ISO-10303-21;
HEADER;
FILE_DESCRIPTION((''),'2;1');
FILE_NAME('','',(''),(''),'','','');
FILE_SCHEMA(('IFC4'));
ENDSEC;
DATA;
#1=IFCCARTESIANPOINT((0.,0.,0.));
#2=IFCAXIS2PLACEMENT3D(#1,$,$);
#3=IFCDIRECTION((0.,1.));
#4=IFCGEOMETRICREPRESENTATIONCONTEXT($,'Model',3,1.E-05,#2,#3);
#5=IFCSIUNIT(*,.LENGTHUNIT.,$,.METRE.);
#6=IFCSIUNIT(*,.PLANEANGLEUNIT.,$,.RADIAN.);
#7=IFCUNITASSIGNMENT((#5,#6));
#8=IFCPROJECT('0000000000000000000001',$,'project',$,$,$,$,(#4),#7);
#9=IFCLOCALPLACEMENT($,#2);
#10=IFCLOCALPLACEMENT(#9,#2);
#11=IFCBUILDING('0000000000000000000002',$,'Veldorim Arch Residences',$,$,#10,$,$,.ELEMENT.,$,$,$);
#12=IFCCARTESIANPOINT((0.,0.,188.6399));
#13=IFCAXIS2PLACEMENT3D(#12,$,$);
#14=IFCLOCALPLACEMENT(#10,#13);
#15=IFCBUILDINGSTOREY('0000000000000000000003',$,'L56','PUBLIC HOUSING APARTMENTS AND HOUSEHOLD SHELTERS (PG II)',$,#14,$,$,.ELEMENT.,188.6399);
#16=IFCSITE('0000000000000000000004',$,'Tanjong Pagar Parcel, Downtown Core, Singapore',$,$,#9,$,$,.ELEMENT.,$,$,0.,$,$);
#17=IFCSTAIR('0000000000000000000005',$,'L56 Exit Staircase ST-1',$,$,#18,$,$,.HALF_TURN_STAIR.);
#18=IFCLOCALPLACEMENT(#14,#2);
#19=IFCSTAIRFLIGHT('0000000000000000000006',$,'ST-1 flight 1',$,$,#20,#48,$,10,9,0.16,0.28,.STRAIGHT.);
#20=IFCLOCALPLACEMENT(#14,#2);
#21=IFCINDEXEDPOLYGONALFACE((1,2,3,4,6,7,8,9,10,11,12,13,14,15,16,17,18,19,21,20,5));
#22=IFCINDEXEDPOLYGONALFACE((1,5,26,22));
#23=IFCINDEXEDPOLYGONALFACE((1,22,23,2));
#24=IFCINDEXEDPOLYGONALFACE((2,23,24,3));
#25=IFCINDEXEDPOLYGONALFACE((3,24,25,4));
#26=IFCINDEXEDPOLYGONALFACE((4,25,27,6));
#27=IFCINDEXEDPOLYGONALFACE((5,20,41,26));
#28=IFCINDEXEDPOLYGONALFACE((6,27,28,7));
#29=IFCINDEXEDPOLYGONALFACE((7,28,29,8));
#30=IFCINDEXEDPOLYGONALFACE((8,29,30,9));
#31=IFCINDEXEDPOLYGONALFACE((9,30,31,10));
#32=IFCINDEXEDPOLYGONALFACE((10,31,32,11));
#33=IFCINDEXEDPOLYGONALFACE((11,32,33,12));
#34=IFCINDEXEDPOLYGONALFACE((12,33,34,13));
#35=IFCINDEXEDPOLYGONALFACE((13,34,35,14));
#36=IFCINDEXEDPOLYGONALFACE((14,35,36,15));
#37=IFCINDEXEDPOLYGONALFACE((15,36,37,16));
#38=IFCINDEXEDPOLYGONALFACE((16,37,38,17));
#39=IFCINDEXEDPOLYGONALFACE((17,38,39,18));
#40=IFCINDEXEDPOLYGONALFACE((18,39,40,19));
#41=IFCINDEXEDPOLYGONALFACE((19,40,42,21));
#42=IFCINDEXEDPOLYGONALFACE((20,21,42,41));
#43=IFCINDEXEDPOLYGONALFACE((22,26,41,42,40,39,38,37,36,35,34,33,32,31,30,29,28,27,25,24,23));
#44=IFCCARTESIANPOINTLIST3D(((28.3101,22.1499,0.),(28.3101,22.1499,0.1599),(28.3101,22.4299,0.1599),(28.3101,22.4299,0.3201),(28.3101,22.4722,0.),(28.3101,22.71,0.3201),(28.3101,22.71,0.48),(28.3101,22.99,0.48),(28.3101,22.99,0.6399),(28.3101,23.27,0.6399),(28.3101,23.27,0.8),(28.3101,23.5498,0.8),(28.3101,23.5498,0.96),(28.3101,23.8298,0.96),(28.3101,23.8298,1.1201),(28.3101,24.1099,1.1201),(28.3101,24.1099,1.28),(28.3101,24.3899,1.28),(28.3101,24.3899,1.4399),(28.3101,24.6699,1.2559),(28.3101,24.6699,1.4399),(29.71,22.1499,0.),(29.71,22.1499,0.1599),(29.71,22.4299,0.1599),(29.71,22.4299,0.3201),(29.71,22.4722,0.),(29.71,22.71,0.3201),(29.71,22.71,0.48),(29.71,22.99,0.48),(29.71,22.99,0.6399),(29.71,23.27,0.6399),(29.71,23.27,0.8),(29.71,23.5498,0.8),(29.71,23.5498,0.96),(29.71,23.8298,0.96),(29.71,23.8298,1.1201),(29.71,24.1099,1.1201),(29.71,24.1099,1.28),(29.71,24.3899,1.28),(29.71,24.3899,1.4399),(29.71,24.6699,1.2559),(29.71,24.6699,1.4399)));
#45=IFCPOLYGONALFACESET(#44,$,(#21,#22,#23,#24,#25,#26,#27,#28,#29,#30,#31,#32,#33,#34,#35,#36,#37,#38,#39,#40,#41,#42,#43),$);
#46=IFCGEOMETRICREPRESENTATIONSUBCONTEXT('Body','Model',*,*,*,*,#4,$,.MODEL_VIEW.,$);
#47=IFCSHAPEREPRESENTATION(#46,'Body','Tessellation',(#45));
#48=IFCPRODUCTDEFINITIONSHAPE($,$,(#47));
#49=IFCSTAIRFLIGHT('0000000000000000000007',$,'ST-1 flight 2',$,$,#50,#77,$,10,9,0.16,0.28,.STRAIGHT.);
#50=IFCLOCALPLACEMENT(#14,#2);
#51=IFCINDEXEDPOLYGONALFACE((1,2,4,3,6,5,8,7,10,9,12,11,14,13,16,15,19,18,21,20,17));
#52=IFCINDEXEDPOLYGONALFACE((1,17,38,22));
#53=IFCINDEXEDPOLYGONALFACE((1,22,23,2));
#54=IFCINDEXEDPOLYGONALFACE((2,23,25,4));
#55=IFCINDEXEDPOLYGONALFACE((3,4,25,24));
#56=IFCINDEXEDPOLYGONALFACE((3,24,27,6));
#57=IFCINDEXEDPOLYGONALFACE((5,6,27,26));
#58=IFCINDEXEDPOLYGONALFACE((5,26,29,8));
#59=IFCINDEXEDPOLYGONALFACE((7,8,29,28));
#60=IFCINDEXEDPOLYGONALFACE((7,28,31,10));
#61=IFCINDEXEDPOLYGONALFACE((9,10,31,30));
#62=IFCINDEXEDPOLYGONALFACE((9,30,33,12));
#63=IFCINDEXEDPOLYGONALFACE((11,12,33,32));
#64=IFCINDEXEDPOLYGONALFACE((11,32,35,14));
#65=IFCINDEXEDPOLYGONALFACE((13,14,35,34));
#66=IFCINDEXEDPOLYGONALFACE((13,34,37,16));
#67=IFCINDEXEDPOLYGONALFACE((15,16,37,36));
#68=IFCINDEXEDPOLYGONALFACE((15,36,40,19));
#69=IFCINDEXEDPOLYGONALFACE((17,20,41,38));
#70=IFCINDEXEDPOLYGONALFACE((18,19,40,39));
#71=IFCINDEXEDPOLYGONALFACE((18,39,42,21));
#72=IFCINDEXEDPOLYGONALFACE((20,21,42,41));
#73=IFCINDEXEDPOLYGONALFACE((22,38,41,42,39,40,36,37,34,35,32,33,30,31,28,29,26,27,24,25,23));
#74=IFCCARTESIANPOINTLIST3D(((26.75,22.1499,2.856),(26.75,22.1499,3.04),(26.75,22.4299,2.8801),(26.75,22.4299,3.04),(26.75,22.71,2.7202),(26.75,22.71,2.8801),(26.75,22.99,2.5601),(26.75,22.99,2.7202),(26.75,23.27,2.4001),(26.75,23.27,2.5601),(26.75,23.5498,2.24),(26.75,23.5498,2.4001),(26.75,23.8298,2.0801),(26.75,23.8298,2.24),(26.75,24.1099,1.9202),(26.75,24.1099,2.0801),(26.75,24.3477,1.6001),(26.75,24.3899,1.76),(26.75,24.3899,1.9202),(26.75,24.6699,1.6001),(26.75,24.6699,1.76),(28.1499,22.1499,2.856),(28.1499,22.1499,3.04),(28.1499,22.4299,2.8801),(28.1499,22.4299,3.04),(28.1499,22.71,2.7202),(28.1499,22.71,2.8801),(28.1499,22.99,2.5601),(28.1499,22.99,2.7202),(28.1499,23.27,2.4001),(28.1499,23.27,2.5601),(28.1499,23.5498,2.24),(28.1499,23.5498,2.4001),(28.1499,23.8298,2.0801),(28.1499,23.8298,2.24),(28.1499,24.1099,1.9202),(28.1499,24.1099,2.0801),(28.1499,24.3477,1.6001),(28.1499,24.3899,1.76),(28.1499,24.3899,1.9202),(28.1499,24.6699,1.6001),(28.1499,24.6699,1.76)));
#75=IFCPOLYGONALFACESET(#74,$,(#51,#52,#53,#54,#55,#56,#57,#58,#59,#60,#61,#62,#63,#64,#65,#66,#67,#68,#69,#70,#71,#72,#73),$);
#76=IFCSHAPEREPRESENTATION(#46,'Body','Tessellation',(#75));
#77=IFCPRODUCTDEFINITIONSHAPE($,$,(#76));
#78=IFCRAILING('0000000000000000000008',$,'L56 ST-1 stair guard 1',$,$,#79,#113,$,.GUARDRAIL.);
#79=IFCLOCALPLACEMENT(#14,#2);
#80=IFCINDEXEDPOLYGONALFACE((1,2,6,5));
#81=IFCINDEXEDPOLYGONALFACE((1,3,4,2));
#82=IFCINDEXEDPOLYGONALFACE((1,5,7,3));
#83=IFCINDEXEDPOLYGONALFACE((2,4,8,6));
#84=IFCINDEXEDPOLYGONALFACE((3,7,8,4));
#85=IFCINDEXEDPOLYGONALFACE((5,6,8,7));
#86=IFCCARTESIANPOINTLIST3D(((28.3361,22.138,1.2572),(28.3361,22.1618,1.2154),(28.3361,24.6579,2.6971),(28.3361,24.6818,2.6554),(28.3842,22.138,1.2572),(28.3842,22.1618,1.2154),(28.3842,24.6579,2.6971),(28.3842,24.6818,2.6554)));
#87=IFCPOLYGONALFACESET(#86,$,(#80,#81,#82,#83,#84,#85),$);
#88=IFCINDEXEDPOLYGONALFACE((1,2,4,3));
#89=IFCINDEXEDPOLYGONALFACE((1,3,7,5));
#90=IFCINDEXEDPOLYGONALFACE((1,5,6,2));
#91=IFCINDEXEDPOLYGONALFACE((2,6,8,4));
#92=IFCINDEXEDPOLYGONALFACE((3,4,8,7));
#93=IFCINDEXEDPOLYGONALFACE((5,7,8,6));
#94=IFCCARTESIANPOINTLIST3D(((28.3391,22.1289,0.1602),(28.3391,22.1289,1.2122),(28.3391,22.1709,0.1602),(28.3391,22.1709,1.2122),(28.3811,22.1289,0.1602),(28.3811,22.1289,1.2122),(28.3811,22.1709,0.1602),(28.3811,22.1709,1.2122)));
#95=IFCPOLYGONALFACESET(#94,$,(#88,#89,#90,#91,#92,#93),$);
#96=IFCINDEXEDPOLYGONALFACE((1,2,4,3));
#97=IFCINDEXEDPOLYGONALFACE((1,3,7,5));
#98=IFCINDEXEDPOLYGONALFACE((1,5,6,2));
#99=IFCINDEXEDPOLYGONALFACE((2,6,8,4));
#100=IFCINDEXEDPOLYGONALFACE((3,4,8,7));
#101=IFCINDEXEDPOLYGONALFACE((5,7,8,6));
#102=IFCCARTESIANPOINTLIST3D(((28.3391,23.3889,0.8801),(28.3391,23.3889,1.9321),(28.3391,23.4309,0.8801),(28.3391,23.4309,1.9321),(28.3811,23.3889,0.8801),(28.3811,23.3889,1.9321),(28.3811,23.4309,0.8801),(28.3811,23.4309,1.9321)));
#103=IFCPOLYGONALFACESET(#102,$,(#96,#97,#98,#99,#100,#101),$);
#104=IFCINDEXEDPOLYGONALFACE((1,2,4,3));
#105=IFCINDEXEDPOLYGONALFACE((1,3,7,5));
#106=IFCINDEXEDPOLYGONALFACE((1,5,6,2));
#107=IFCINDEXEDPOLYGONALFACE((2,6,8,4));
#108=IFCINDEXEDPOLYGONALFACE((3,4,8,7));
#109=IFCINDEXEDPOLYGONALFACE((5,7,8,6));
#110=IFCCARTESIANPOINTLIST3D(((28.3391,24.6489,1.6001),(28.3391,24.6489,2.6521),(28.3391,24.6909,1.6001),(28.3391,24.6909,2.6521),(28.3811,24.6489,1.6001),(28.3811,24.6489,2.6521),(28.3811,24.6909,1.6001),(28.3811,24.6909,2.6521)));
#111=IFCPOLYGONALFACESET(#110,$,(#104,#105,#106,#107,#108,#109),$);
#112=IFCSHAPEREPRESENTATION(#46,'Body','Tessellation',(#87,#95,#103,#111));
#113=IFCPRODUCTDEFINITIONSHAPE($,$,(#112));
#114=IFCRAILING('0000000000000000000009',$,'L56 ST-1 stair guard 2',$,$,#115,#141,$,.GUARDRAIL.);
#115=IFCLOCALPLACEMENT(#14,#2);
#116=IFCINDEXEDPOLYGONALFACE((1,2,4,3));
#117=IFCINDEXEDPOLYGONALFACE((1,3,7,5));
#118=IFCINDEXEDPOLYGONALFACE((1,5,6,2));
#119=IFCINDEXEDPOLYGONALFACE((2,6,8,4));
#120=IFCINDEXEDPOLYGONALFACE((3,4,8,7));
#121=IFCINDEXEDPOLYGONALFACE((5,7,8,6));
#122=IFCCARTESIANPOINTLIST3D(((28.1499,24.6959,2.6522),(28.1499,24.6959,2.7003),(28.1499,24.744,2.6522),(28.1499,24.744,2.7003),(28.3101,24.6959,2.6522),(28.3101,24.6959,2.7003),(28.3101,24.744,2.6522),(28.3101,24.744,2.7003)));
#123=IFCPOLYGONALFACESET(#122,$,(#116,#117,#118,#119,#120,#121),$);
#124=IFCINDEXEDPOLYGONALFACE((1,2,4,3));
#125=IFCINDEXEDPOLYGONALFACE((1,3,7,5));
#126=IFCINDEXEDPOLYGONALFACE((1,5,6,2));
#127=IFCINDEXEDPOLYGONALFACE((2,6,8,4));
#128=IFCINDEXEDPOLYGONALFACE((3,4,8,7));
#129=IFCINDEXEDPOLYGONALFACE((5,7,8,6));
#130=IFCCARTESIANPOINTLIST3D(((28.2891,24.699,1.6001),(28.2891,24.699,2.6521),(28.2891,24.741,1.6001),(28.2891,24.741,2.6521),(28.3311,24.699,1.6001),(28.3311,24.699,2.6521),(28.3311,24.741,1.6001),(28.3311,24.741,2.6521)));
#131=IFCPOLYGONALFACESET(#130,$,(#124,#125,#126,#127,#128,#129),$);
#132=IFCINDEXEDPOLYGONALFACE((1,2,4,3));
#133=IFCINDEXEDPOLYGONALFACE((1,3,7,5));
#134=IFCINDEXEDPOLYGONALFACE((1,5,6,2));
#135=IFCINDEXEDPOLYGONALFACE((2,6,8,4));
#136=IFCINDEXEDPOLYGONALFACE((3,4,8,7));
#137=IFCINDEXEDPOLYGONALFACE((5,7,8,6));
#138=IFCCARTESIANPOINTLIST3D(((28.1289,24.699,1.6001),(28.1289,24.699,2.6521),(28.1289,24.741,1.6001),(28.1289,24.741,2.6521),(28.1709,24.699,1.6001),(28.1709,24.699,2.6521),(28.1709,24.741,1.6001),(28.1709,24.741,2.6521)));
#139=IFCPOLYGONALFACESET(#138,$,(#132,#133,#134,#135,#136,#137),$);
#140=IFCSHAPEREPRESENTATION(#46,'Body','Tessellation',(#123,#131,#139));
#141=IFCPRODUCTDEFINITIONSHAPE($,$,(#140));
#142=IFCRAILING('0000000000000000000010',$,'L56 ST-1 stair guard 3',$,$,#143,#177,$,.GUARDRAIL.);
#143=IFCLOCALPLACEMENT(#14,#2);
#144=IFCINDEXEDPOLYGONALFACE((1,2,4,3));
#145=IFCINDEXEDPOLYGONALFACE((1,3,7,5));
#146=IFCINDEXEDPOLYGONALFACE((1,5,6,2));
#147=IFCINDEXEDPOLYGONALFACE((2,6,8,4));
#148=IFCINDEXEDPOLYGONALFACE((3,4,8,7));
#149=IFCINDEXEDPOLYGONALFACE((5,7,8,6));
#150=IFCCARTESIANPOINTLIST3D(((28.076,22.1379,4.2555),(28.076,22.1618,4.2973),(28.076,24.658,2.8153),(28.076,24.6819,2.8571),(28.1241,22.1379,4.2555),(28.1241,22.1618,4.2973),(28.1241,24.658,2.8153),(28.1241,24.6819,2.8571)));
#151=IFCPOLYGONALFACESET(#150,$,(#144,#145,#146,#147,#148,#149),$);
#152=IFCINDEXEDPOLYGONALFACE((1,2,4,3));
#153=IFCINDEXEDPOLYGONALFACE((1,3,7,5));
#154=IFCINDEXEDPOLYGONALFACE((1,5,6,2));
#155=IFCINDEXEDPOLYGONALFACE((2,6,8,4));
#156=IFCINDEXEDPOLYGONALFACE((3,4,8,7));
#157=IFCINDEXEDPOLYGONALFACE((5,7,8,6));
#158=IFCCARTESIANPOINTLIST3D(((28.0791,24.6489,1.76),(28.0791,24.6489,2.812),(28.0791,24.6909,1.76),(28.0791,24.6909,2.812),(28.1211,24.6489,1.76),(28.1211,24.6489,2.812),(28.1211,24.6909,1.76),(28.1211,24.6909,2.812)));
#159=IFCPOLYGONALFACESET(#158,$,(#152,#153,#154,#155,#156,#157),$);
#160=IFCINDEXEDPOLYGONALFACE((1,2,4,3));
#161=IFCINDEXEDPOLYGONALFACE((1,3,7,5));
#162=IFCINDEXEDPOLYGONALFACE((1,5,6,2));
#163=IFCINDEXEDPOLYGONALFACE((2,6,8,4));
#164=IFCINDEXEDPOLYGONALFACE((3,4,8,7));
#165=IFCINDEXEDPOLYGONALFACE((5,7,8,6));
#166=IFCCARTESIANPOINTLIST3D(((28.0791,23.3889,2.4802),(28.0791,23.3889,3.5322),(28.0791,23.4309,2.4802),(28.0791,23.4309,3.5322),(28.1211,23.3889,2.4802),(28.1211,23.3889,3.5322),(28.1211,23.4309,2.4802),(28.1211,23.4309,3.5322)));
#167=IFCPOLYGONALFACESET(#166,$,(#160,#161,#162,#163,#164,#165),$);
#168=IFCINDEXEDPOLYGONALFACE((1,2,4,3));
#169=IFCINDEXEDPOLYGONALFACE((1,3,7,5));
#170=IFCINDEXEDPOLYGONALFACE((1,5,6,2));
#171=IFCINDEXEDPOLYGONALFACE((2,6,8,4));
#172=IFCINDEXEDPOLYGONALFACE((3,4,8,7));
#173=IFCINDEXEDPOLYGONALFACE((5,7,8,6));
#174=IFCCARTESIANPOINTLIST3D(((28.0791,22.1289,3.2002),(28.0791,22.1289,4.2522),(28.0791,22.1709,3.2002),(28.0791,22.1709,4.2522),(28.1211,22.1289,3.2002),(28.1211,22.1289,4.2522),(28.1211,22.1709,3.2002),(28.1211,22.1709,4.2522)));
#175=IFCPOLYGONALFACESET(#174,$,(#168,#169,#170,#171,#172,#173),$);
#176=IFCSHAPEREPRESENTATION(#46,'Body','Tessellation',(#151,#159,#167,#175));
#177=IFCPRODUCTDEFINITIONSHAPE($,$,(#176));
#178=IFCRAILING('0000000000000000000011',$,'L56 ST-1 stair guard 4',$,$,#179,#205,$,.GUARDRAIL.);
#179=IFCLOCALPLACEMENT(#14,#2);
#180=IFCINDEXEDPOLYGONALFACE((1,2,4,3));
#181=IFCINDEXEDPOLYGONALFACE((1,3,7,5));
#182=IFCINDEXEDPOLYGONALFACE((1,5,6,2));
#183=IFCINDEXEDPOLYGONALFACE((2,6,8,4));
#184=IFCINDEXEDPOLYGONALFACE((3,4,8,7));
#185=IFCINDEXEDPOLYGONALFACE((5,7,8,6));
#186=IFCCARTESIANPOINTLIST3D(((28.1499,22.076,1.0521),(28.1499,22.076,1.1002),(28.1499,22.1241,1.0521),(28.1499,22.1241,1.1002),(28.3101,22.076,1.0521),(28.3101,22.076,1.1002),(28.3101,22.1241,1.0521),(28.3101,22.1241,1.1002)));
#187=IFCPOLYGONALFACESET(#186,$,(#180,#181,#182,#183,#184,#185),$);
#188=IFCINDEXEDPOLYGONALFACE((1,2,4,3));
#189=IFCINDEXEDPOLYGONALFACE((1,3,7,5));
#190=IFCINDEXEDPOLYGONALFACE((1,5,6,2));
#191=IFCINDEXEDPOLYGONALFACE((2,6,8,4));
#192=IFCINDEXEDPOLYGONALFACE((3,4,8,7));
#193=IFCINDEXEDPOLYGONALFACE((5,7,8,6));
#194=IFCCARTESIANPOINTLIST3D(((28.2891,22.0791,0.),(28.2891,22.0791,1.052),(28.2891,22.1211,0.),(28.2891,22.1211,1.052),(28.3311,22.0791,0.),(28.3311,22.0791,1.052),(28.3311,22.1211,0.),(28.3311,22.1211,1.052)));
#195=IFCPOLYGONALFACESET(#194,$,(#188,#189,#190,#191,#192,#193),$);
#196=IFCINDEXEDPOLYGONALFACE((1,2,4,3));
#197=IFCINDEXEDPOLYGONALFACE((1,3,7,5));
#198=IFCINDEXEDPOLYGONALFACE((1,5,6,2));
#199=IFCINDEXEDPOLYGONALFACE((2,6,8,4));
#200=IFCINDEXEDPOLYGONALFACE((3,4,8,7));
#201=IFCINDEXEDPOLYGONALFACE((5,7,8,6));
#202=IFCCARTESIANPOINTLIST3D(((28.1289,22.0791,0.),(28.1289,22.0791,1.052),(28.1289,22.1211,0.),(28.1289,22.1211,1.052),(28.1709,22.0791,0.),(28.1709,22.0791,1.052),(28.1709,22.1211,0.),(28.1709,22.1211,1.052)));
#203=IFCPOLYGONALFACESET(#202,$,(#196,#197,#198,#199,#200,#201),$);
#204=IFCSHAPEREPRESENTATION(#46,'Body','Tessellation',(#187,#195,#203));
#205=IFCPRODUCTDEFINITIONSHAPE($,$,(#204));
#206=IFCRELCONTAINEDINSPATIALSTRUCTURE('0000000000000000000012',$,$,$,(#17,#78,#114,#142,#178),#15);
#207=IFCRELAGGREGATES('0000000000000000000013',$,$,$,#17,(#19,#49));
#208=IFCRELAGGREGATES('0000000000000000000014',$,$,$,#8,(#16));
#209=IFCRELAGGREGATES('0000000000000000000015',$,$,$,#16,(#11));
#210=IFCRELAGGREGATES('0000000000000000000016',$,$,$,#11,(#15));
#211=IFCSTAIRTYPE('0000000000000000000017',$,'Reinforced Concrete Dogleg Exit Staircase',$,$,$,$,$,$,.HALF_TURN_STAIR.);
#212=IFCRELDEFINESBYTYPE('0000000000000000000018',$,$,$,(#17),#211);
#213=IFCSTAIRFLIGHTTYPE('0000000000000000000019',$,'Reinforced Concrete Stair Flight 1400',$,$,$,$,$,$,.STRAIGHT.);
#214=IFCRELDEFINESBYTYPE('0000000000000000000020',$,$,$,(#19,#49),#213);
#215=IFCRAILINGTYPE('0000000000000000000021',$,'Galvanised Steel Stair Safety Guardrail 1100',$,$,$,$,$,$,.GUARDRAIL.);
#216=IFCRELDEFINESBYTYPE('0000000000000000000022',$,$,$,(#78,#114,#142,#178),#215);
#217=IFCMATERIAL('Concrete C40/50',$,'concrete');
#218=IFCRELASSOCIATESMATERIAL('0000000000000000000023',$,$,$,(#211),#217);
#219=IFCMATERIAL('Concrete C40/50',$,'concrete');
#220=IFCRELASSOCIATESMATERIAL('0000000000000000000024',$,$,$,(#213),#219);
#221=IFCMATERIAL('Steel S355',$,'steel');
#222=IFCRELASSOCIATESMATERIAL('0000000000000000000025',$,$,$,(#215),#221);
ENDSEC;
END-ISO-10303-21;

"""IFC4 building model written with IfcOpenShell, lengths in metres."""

from ifc_helpers import new_model, si_unit, direction, frame, origin, origin_2d, place, context, subcontext, project, spatial, polyline, rectangle, outline, extrude, material, type_object, element, aggregate, save


model = new_model("IFC4")

# Units and contexts
model_context = context("Model", 3, precision=1e-05, world=origin(), true_north=direction((0.0, 1.0)))
body_context = subcontext(model_context, "Body", "Model", "MODEL_VIEW")
ifc_project = project(units=[si_unit("LENGTHUNIT", "METRE"), si_unit("PLANEANGLEUNIT", "RADIAN")], contexts=[model_context])

# Site, building, storey
site_placement = place(None, origin())
site = spatial("IfcSite", under=ifc_project, at=site_placement, Name="Tanjong Pagar Parcel, Downtown Core, Singapore", CompositionType="ELEMENT", RefElevation=0.0)
building_placement = place(site_placement, origin())
building = spatial("IfcBuilding", under=site, at=building_placement, Name="Veldorim Arch Residences", CompositionType="ELEMENT")
storey_placement = place(building_placement, frame((0.0, 0.0, 188.6399)))
storey = spatial("IfcBuildingStorey", under=building, at=storey_placement, Name="L56", Description="PUBLIC HOUSING APARTMENTS AND HOUSEHOLD SHELTERS (PG II)", CompositionType="ELEMENT", Elevation=188.6399)

# Stair, stair flights
ifc_material_1 = material(Name="Concrete C40/50", Category="concrete")
stair_type = type_object("IfcStairType", Name="Reinforced Concrete Dogleg Exit Staircase", PredefinedType="HALF_TURN_STAIR", material=ifc_material_1)
stair_placement = place(storey_placement, origin())
stair = element("IfcStair", 1, at=stair_placement, inside=storey, type_object=stair_type, Name="L56 Exit Staircase ST-1", PredefinedType="HALF_TURN_STAIR")
ifc_material_2 = material(Name="Concrete C40/50", Category="concrete")
stair_flight_type = type_object("IfcStairFlightType", Name="Reinforced Concrete Stair Flight 1400", PredefinedType="STRAIGHT", material=ifc_material_2)
stair_flight_1_placement = place(storey_placement, frame((29.01, 22.1499, 0.0), z_axis=(0.0, 0.0, 1.0), x_axis=(0.0, 1.0, 0.0)))
stair_flight_1 = element("IfcStairFlight", 2, at=stair_flight_1_placement, type_object=stair_flight_type, Name="ST-1 flight 1", NumberOfRisers=10, NumberOfTreads=9, PredefinedType="STRAIGHT", RiserHeight=0.16, TreadLength=0.28, context=body_context, shape_type="SweptSolid", body=[
    extrude(outline(polyline([(0.0, 0.0), (0.0, 0.1599), (0.28, 0.1599), (0.28, 0.3201), (0.5601, 0.3201), (0.5601, 0.48), (0.8401, 0.48), (0.8401, 0.6399), (1.1201, 0.6399), (1.1201, 0.8), (1.3999, 0.8), (1.3999, 0.96), (1.6799, 0.96), (1.6799, 1.1201), (1.96, 1.1201), (1.96, 1.28), (2.24, 1.28), (2.24, 1.4399), (2.52, 1.4399), (2.52, 1.6001), (2.52, 1.2559), (0.3223, 0.0), (0.0, 0.0)])), frame((0.0, 0.7, 0.0), z_axis=(0.0, -1.0, 0.0), x_axis=(1.0, 0.0, 0.0)), (0.0, 0.0, 1.0), 1.3999),
])
stair_flight_2_placement = place(storey_placement, frame((27.45, 24.6699, 1.6001), z_axis=(0.0, 0.0, 1.0), x_axis=(0.0, -1.0, 0.0)))
stair_flight_2 = element("IfcStairFlight", 3, at=stair_flight_2_placement, type_object=stair_flight_type, Name="ST-1 flight 2", NumberOfRisers=10, NumberOfTreads=9, PredefinedType="STRAIGHT", RiserHeight=0.16, TreadLength=0.28, context=body_context, shape_type="SweptSolid", body=[
    extrude(outline(polyline([(0.0, 0.0), (0.0, 0.1599), (0.28, 0.1599), (0.28, 0.3201), (0.5601, 0.3201), (0.5601, 0.48), (0.8401, 0.48), (0.8401, 0.6399), (1.1201, 0.6399), (1.1201, 0.8), (1.3999, 0.8), (1.3999, 0.96), (1.6799, 0.96), (1.6799, 1.1201), (1.96, 1.1201), (1.96, 1.28), (2.24, 1.28), (2.24, 1.4399), (2.52, 1.4399), (2.52, 1.6001), (2.52, 1.2559), (0.3223, 0.0), (0.0, 0.0)])), frame((0.0, 0.7, 0.0), z_axis=(0.0, -1.0, 0.0), x_axis=(1.0, 0.0, 0.0)), (0.0, 0.0, 1.0), 1.3999),
])
aggregate(stair, [stair_flight_1, stair_flight_2])

# Railings
ifc_material_3 = material(Name="Steel S355", Category="steel")
railing_type_1 = type_object("IfcRailingType", Name="Galvanised Steel Stair Safety Guardrail 1100", PredefinedType="GUARDRAIL", material=ifc_material_3)
railing_1_placement = place(storey_placement, frame((28.3601, 22.1499, 0.1602)))
element("IfcRailing", 4, at=railing_1_placement, inside=storey, type_object=railing_type_1, Name="L56 ST-1 stair guard 1", PredefinedType="GUARDRAIL", context=body_context, shape_type="SweptSolid", body=[
    extrude(rectangle(XDim=0.0481, YDim=0.0481, at=origin_2d()), frame((0.0, 0.0, 1.0762), z_axis=(0.0, 0.868253, 0.496121), x_axis=(-1.0, 0.0, 0.0)), (0.0, 0.0, 1.0), 2.9023),
    extrude(rectangle(XDim=0.042, YDim=0.042, at=origin_2d()), origin(), (0.0, 0.0, 1.0), 1.052),
    extrude(rectangle(XDim=0.042, YDim=0.042, at=origin_2d()), frame((0.0, 1.26, 0.72)), (0.0, 0.0, 1.0), 1.052),
    extrude(rectangle(XDim=0.042, YDim=0.042, at=origin_2d()), frame((0.0, 2.52, 1.4399)), (0.0, 0.0, 1.0), 1.052),
])
railing_2_placement = place(storey_placement, frame((28.3101, 24.72, 1.6001)))
element("IfcRailing", 5, at=railing_2_placement, inside=storey, type_object=railing_type_1, Name="L56 ST-1 stair guard 2", PredefinedType="GUARDRAIL", context=body_context, shape_type="SweptSolid", body=[
    extrude(rectangle(XDim=0.0481, YDim=0.0481, at=origin_2d()), frame((0.0, 0.0, 1.0762), z_axis=(-1.0, 0.0, 0.0), x_axis=(0.0, -1.0, 0.0)), (0.0, 0.0, 1.0), 0.1602),
    extrude(rectangle(XDim=0.042, YDim=0.042, at=origin_2d()), origin(), (0.0, 0.0, 1.0), 1.052),
    extrude(rectangle(XDim=0.042, YDim=0.042, at=origin_2d()), frame((-0.1602, 0.0, 0.0)), (0.0, 0.0, 1.0), 1.052),
])
railing_3_placement = place(storey_placement, frame((28.1001, 24.6699, 1.76)))
element("IfcRailing", 6, at=railing_3_placement, inside=storey, type_object=railing_type_1, Name="L56 ST-1 stair guard 3", PredefinedType="GUARDRAIL", context=body_context, shape_type="SweptSolid", body=[
    extrude(rectangle(XDim=0.0481, YDim=0.0481, at=origin_2d()), frame((0.0, 0.0, 1.0762), z_axis=(0.0, -0.868217, 0.496184), x_axis=(1.0, 0.0, 0.0)), (0.0, 0.0, 1.0), 2.9026),
    extrude(rectangle(XDim=0.042, YDim=0.042, at=origin_2d()), origin(), (0.0, 0.0, 1.0), 1.052),
    extrude(rectangle(XDim=0.042, YDim=0.042, at=origin_2d()), frame((0.0, -1.26, 0.7202)), (0.0, 0.0, 1.0), 1.052),
    extrude(rectangle(XDim=0.042, YDim=0.042, at=origin_2d()), frame((0.0, -2.52, 1.4402)), (0.0, 0.0, 1.0), 1.052),
])
railing_4_placement = place(storey_placement, frame((28.3101, 22.1001, 0.0)))
element("IfcRailing", 7, at=railing_4_placement, inside=storey, type_object=railing_type_1, Name="L56 ST-1 stair guard 4", PredefinedType="GUARDRAIL", context=body_context, shape_type="SweptSolid", body=[
    extrude(rectangle(XDim=0.0481, YDim=0.0481, at=origin_2d()), frame((0.0, 0.0, 1.0762), z_axis=(-1.0, 0.0, 0.0), x_axis=(0.0, -1.0, 0.0)), (0.0, 0.0, 1.0), 0.1602),
    extrude(rectangle(XDim=0.042, YDim=0.042, at=origin_2d()), origin(), (0.0, 0.0, 1.0), 1.052),
    extrude(rectangle(XDim=0.042, YDim=0.042, at=origin_2d()), frame((-0.1602, 0.0, 0.0)), (0.0, 0.0, 1.0), 1.052),
])

save(model, "model.ifc")
